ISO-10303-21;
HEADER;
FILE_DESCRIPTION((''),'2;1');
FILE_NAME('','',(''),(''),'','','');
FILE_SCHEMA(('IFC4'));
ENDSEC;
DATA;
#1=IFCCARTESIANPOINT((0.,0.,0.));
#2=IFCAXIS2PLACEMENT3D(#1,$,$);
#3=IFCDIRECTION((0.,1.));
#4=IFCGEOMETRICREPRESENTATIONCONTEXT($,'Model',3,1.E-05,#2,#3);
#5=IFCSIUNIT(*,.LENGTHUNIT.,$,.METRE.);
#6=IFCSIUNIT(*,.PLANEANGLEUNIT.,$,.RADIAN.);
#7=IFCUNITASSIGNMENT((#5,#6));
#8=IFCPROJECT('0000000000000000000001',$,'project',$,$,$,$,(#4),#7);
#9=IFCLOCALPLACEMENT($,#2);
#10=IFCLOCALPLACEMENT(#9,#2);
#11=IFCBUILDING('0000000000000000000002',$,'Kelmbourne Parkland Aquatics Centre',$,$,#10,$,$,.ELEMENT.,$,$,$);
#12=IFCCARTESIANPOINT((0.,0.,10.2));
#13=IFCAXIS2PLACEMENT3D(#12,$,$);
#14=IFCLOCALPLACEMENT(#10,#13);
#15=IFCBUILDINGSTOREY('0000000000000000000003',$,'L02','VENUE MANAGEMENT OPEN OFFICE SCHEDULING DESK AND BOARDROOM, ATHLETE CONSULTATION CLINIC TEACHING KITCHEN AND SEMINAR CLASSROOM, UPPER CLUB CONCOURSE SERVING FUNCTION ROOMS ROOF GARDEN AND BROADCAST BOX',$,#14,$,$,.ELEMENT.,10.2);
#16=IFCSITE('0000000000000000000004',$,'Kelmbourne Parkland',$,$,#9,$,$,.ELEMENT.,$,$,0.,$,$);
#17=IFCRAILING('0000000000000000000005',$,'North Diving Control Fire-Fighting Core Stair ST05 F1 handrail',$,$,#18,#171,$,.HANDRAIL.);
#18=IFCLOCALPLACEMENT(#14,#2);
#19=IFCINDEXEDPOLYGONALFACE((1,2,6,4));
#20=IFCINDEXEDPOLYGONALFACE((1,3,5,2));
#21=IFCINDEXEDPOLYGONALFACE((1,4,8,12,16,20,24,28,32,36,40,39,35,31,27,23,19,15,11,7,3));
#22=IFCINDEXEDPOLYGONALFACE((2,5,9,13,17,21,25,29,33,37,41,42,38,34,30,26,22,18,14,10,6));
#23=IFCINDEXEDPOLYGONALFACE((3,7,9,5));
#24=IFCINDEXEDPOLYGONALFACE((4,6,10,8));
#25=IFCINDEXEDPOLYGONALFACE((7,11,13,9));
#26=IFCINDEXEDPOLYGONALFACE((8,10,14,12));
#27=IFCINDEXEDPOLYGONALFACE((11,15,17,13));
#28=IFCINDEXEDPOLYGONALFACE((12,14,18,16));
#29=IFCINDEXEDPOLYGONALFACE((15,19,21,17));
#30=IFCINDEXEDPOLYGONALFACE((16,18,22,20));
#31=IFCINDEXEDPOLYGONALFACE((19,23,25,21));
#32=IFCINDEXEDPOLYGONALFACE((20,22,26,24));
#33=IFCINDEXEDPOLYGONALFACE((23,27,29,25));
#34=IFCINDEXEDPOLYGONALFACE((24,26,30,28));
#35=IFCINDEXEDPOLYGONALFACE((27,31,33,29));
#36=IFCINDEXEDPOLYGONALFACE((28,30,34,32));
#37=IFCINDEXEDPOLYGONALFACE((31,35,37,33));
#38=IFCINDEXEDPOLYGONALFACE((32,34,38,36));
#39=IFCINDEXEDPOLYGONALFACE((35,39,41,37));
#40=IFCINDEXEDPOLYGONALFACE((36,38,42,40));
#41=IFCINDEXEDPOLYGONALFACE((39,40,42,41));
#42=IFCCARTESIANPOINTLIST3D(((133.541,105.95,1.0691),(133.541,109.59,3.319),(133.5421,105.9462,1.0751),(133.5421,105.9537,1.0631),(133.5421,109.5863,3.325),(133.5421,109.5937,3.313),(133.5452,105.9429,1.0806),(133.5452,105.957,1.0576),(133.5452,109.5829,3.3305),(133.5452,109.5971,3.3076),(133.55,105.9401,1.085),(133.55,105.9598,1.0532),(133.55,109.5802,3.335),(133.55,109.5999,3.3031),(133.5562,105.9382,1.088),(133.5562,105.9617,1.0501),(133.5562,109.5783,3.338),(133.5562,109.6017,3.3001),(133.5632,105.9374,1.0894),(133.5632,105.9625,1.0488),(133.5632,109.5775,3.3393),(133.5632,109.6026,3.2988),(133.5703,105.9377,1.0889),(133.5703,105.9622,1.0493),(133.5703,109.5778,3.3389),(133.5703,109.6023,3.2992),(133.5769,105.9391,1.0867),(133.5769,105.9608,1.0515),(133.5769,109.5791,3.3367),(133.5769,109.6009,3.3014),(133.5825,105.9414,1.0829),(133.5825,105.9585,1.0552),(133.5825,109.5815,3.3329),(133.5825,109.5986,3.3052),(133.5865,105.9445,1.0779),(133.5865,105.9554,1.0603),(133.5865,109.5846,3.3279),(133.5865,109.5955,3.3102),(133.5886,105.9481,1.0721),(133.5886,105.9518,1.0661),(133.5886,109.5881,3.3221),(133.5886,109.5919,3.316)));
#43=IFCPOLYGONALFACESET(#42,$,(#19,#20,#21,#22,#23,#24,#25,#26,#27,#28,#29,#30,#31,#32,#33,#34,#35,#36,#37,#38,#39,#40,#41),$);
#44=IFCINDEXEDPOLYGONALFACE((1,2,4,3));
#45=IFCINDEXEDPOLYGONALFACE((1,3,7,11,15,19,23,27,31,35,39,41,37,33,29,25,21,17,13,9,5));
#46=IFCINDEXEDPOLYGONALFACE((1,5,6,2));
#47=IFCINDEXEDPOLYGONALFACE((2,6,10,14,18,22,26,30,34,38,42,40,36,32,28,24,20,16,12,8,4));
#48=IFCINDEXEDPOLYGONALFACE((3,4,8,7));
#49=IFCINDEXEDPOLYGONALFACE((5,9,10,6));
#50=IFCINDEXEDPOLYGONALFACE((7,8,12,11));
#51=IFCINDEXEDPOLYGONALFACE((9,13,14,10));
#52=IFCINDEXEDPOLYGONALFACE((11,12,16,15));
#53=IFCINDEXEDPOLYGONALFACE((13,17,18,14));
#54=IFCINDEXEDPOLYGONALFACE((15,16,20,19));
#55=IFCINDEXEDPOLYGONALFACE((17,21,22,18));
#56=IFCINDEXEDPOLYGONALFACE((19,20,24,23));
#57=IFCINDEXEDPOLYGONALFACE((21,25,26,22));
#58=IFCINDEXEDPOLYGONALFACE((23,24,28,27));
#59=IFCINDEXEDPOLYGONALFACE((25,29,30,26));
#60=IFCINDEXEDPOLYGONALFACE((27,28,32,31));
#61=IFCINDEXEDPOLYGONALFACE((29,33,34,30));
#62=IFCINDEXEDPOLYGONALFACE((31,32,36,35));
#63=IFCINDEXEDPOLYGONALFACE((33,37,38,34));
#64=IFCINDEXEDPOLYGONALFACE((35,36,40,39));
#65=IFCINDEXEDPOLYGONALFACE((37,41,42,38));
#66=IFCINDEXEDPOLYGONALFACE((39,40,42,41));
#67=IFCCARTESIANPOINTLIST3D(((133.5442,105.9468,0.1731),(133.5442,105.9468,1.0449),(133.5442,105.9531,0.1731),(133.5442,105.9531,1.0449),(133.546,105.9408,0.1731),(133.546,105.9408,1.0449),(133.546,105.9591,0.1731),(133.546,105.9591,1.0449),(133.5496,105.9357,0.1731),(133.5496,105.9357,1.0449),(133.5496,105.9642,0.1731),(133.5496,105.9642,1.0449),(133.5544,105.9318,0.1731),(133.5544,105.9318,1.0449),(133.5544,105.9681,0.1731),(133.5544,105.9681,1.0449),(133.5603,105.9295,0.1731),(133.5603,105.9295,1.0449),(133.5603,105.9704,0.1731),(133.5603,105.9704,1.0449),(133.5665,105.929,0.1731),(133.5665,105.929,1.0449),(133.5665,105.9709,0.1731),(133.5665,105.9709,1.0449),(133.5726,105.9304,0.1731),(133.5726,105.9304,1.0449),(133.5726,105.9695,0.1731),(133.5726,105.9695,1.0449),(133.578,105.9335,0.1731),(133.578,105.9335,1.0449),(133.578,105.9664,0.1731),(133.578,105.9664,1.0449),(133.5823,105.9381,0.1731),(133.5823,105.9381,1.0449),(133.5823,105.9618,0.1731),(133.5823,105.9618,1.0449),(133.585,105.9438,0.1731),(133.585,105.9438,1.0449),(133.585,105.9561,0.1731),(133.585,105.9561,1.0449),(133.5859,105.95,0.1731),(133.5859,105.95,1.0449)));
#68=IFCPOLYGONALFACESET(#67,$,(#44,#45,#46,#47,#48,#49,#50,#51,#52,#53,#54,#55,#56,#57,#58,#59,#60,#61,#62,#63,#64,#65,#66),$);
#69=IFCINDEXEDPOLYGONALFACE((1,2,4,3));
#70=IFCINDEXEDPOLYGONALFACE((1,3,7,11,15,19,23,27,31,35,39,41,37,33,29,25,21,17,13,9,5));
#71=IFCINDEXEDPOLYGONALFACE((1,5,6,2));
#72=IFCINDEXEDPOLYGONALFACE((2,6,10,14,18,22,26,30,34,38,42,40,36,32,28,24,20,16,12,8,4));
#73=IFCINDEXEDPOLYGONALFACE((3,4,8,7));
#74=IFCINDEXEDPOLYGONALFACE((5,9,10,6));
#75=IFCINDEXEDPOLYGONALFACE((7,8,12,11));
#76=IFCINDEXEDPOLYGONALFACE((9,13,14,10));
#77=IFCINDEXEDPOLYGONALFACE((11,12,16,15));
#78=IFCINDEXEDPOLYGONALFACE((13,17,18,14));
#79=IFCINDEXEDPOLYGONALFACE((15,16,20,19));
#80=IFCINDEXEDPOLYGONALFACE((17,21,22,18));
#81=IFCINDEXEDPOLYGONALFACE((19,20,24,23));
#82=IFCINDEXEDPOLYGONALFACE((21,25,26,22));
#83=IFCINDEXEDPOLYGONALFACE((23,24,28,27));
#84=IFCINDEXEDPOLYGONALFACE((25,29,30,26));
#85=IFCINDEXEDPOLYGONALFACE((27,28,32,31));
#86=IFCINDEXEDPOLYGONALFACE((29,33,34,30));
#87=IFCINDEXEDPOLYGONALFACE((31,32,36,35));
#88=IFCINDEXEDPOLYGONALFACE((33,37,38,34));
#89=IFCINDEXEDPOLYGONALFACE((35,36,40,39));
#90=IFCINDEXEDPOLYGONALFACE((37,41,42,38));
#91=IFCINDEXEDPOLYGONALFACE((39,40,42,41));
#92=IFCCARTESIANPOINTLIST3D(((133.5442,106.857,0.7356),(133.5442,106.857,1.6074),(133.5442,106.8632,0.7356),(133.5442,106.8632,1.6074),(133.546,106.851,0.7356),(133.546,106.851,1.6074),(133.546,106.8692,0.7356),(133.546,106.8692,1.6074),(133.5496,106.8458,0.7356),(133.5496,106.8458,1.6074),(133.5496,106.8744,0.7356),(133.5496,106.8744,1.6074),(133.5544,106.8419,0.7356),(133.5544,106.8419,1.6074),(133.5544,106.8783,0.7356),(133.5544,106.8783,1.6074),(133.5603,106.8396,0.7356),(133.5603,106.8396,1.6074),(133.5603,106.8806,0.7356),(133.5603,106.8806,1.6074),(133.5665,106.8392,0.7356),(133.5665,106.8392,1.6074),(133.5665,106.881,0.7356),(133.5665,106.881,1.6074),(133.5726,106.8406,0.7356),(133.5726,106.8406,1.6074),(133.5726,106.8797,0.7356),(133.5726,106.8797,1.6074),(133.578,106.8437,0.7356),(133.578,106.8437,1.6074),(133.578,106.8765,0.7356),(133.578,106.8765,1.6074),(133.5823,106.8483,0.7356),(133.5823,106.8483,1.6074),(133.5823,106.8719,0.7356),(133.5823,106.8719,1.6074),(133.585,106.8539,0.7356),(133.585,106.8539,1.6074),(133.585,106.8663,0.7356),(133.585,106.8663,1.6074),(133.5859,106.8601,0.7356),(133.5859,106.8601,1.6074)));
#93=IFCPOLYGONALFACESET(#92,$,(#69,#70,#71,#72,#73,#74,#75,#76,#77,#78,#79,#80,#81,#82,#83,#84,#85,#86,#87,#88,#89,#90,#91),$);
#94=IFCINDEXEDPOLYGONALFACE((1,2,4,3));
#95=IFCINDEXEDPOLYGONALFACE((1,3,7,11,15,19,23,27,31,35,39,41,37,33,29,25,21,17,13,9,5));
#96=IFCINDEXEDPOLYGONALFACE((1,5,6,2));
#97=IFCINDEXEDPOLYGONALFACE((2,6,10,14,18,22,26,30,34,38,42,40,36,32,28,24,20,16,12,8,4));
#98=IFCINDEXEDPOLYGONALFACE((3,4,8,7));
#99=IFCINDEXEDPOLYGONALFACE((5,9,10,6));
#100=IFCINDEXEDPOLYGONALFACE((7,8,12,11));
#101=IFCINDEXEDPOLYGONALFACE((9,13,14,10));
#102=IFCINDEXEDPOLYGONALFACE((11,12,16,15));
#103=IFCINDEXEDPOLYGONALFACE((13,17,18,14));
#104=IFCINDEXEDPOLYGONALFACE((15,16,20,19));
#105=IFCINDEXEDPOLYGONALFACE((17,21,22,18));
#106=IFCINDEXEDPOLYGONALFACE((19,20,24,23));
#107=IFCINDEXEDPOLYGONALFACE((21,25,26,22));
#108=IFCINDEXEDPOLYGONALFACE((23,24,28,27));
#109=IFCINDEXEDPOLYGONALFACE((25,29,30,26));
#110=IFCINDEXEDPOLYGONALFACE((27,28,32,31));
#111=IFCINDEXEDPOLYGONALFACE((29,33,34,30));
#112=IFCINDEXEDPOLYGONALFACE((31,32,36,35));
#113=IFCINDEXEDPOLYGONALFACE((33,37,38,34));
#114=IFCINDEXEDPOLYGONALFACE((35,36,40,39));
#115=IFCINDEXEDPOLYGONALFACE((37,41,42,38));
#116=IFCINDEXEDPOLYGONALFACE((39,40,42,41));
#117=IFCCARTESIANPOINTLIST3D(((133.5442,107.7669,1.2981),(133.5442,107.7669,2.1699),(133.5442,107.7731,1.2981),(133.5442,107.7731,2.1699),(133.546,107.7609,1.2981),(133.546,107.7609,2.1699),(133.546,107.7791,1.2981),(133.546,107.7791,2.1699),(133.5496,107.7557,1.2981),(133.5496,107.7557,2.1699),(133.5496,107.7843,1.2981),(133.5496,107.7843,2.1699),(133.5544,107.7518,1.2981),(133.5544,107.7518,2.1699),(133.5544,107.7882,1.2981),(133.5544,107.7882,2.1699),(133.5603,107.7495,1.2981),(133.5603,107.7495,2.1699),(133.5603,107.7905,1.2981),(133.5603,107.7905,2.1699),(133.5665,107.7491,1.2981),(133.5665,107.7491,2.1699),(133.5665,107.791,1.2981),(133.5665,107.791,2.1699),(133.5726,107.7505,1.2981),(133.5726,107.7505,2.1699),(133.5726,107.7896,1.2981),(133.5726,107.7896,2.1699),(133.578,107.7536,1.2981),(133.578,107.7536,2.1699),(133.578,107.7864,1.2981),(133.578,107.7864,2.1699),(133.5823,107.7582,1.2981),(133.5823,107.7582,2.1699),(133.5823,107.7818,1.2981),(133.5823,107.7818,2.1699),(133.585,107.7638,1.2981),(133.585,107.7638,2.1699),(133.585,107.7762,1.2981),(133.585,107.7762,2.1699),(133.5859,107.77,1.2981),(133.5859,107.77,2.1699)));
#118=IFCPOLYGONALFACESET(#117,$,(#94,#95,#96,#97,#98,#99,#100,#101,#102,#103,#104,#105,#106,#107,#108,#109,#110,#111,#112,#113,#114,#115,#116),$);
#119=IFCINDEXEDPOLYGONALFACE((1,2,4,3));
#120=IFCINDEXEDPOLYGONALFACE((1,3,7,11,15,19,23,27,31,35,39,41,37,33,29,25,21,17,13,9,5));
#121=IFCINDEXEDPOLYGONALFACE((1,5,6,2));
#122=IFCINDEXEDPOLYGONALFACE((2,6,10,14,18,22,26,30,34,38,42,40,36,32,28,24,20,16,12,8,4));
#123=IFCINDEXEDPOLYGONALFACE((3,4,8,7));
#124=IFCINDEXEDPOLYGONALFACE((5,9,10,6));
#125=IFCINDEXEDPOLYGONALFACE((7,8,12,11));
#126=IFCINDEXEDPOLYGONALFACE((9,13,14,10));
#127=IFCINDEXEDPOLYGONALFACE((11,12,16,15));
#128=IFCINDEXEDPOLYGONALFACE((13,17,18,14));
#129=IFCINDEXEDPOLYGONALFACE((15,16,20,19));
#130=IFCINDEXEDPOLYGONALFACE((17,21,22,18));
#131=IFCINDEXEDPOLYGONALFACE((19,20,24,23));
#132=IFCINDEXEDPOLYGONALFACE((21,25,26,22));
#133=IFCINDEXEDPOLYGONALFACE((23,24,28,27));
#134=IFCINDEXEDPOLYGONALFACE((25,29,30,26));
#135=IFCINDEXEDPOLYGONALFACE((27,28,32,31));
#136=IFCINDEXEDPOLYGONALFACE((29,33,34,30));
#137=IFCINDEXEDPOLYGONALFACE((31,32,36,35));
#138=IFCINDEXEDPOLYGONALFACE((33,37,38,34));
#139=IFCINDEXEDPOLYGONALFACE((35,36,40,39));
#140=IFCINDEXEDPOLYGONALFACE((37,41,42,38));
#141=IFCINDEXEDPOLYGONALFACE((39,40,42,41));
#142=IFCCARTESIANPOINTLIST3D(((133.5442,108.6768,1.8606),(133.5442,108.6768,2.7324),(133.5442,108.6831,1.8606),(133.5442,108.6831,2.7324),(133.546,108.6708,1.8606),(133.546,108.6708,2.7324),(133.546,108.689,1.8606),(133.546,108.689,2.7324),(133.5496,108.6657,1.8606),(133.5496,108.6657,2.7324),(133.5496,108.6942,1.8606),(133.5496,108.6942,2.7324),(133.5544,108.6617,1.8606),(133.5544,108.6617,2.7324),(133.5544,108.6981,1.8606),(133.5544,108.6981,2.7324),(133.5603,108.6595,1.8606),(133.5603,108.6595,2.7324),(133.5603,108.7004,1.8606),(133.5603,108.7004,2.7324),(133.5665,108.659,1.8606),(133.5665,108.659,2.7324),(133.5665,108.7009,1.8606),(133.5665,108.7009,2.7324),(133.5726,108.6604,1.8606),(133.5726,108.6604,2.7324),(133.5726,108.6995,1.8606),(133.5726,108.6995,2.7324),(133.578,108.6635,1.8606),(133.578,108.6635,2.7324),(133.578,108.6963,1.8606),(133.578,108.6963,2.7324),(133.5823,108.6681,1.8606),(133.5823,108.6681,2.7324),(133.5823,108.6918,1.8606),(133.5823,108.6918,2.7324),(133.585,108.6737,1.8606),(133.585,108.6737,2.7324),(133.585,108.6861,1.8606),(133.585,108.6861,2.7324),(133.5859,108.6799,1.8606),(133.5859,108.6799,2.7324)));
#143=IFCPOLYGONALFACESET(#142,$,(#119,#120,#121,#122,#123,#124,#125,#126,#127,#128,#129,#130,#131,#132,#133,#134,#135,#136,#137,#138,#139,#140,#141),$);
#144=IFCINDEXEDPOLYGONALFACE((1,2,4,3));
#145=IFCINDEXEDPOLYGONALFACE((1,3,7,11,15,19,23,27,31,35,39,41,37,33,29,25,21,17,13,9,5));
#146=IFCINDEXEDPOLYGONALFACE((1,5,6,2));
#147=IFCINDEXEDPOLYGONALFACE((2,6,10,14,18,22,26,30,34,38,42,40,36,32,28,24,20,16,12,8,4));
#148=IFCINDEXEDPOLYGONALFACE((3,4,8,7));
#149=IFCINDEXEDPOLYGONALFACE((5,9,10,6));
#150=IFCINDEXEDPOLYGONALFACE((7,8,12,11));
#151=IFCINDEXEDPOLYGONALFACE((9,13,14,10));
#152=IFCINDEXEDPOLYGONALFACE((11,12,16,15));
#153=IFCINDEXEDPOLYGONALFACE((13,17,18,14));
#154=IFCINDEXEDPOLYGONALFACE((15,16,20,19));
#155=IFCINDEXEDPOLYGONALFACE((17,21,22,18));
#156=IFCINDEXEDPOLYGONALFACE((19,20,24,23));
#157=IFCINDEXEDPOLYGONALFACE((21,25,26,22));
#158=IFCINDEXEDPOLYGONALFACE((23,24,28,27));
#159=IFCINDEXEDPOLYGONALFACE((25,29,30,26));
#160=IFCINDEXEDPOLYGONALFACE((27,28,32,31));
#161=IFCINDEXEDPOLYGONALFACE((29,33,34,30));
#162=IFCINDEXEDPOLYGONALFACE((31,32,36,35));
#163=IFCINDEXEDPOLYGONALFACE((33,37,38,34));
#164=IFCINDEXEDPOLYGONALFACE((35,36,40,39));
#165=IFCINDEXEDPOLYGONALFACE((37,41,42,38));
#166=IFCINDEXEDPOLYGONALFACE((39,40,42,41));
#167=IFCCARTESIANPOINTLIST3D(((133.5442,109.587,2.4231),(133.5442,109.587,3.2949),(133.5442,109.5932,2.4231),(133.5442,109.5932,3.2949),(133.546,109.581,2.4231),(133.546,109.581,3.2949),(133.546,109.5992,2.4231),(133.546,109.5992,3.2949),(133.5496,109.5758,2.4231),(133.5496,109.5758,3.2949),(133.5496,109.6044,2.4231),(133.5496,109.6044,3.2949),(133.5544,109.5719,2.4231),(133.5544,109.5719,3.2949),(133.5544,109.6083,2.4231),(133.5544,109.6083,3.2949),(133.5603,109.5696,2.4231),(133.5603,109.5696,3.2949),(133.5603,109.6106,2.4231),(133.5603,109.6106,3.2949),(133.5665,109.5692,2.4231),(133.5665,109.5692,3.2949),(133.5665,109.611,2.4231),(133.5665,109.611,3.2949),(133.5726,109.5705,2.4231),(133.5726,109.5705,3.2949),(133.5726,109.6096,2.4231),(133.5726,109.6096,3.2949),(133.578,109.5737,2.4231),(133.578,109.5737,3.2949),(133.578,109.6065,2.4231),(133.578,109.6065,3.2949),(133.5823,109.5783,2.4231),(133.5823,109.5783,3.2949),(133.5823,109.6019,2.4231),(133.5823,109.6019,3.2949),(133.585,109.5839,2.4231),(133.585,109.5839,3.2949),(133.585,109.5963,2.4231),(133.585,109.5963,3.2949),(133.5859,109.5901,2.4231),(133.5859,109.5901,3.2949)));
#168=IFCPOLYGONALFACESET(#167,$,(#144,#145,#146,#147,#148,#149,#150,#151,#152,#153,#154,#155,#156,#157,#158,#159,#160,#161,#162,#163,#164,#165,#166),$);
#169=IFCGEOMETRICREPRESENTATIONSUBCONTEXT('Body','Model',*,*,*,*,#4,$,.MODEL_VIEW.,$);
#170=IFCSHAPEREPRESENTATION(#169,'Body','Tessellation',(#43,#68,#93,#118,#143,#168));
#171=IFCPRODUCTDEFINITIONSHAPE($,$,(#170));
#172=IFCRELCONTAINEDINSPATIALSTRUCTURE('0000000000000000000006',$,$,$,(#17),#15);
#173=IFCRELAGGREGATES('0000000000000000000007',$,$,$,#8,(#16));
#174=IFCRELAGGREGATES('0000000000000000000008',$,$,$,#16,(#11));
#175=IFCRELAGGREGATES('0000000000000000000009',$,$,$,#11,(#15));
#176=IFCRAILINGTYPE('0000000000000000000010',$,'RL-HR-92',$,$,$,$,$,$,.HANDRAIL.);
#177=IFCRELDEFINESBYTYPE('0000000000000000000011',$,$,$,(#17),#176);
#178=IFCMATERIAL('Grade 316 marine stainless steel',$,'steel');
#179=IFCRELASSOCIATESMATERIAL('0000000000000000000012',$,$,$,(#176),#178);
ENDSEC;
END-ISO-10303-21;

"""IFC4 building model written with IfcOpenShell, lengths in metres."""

from ifc_helpers import new_model, si_unit, direction, frame, origin, origin_2d, place, context, subcontext, project, spatial, circle, extrude, material, type_object, element, save


model = new_model("IFC4")

# Units and contexts
model_context = context("Model", 3, precision=1e-05, world=origin(), true_north=direction((0.0, 1.0)))
body_context = subcontext(model_context, "Body", "Model", "MODEL_VIEW")
ifc_project = project(units=[si_unit("LENGTHUNIT", "METRE"), si_unit("PLANEANGLEUNIT", "RADIAN")], contexts=[model_context])

# Site, building, storey
site_placement = place(None, origin())
site = spatial("IfcSite", under=ifc_project, at=site_placement, Name="Kelmbourne Parkland", CompositionType="ELEMENT", RefElevation=0.0)
building_placement = place(site_placement, origin())
building = spatial("IfcBuilding", under=site, at=building_placement, Name="Kelmbourne Parkland Aquatics Centre", CompositionType="ELEMENT")
storey_placement = place(building_placement, frame((0.0, 0.0, 10.2)))
storey = spatial("IfcBuildingStorey", under=building, at=storey_placement, Name="L02", Description="VENUE MANAGEMENT OPEN OFFICE SCHEDULING DESK AND BOARDROOM, ATHLETE CONSULTATION CLINIC TEACHING KITCHEN AND SEMINAR CLASSROOM, UPPER CLUB CONCOURSE SERVING FUNCTION ROOMS ROOF GARDEN AND BROADCAST BOX", CompositionType="ELEMENT", Elevation=10.2)

# Railing
ifc_material_1 = material(Name="Grade 316 marine stainless steel", Category="steel")
railing_type_1 = type_object("IfcRailingType", Name="RL-HR-92", PredefinedType="HANDRAIL", material=ifc_material_1)
railing_1_placement = place(storey_placement, frame((133.5649, 105.95, 0.1731)))
element("IfcRailing", 1, at=railing_1_placement, inside=storey, type_object=railing_type_1, Name="North Diving Control Fire-Fighting Core Stair ST05 F1 handrail", PredefinedType="HANDRAIL", context=body_context, shape_type="SweptSolid", body=[
    extrude(circle(Radius=0.0239, at=origin_2d()), frame((0.0, 0.0, 0.896), z_axis=(0.0, 0.850622, 0.525777), x_axis=(-1.0, 0.0, 0.0)), (0.0, 0.0, 1.0), 4.2793),
    extrude(circle(Radius=0.021, at=origin_2d()), origin(), (0.0, 0.0, 1.0), 0.8718),
    extrude(circle(Radius=0.021, at=origin_2d()), frame((0.0, 0.9102, 0.5625)), (0.0, 0.0, 1.0), 0.8718),
    extrude(circle(Radius=0.021, at=origin_2d()), frame((0.0, 1.8201, 1.125)), (0.0, 0.0, 1.0), 0.8718),
    extrude(circle(Radius=0.021, at=origin_2d()), frame((0.0, 2.73, 1.6875)), (0.0, 0.0, 1.0), 0.8718),
    extrude(circle(Radius=0.021, at=origin_2d()), frame((0.0, 3.6401, 2.25)), (0.0, 0.0, 1.0), 0.8718),
])

save(model, "model.ifc")
